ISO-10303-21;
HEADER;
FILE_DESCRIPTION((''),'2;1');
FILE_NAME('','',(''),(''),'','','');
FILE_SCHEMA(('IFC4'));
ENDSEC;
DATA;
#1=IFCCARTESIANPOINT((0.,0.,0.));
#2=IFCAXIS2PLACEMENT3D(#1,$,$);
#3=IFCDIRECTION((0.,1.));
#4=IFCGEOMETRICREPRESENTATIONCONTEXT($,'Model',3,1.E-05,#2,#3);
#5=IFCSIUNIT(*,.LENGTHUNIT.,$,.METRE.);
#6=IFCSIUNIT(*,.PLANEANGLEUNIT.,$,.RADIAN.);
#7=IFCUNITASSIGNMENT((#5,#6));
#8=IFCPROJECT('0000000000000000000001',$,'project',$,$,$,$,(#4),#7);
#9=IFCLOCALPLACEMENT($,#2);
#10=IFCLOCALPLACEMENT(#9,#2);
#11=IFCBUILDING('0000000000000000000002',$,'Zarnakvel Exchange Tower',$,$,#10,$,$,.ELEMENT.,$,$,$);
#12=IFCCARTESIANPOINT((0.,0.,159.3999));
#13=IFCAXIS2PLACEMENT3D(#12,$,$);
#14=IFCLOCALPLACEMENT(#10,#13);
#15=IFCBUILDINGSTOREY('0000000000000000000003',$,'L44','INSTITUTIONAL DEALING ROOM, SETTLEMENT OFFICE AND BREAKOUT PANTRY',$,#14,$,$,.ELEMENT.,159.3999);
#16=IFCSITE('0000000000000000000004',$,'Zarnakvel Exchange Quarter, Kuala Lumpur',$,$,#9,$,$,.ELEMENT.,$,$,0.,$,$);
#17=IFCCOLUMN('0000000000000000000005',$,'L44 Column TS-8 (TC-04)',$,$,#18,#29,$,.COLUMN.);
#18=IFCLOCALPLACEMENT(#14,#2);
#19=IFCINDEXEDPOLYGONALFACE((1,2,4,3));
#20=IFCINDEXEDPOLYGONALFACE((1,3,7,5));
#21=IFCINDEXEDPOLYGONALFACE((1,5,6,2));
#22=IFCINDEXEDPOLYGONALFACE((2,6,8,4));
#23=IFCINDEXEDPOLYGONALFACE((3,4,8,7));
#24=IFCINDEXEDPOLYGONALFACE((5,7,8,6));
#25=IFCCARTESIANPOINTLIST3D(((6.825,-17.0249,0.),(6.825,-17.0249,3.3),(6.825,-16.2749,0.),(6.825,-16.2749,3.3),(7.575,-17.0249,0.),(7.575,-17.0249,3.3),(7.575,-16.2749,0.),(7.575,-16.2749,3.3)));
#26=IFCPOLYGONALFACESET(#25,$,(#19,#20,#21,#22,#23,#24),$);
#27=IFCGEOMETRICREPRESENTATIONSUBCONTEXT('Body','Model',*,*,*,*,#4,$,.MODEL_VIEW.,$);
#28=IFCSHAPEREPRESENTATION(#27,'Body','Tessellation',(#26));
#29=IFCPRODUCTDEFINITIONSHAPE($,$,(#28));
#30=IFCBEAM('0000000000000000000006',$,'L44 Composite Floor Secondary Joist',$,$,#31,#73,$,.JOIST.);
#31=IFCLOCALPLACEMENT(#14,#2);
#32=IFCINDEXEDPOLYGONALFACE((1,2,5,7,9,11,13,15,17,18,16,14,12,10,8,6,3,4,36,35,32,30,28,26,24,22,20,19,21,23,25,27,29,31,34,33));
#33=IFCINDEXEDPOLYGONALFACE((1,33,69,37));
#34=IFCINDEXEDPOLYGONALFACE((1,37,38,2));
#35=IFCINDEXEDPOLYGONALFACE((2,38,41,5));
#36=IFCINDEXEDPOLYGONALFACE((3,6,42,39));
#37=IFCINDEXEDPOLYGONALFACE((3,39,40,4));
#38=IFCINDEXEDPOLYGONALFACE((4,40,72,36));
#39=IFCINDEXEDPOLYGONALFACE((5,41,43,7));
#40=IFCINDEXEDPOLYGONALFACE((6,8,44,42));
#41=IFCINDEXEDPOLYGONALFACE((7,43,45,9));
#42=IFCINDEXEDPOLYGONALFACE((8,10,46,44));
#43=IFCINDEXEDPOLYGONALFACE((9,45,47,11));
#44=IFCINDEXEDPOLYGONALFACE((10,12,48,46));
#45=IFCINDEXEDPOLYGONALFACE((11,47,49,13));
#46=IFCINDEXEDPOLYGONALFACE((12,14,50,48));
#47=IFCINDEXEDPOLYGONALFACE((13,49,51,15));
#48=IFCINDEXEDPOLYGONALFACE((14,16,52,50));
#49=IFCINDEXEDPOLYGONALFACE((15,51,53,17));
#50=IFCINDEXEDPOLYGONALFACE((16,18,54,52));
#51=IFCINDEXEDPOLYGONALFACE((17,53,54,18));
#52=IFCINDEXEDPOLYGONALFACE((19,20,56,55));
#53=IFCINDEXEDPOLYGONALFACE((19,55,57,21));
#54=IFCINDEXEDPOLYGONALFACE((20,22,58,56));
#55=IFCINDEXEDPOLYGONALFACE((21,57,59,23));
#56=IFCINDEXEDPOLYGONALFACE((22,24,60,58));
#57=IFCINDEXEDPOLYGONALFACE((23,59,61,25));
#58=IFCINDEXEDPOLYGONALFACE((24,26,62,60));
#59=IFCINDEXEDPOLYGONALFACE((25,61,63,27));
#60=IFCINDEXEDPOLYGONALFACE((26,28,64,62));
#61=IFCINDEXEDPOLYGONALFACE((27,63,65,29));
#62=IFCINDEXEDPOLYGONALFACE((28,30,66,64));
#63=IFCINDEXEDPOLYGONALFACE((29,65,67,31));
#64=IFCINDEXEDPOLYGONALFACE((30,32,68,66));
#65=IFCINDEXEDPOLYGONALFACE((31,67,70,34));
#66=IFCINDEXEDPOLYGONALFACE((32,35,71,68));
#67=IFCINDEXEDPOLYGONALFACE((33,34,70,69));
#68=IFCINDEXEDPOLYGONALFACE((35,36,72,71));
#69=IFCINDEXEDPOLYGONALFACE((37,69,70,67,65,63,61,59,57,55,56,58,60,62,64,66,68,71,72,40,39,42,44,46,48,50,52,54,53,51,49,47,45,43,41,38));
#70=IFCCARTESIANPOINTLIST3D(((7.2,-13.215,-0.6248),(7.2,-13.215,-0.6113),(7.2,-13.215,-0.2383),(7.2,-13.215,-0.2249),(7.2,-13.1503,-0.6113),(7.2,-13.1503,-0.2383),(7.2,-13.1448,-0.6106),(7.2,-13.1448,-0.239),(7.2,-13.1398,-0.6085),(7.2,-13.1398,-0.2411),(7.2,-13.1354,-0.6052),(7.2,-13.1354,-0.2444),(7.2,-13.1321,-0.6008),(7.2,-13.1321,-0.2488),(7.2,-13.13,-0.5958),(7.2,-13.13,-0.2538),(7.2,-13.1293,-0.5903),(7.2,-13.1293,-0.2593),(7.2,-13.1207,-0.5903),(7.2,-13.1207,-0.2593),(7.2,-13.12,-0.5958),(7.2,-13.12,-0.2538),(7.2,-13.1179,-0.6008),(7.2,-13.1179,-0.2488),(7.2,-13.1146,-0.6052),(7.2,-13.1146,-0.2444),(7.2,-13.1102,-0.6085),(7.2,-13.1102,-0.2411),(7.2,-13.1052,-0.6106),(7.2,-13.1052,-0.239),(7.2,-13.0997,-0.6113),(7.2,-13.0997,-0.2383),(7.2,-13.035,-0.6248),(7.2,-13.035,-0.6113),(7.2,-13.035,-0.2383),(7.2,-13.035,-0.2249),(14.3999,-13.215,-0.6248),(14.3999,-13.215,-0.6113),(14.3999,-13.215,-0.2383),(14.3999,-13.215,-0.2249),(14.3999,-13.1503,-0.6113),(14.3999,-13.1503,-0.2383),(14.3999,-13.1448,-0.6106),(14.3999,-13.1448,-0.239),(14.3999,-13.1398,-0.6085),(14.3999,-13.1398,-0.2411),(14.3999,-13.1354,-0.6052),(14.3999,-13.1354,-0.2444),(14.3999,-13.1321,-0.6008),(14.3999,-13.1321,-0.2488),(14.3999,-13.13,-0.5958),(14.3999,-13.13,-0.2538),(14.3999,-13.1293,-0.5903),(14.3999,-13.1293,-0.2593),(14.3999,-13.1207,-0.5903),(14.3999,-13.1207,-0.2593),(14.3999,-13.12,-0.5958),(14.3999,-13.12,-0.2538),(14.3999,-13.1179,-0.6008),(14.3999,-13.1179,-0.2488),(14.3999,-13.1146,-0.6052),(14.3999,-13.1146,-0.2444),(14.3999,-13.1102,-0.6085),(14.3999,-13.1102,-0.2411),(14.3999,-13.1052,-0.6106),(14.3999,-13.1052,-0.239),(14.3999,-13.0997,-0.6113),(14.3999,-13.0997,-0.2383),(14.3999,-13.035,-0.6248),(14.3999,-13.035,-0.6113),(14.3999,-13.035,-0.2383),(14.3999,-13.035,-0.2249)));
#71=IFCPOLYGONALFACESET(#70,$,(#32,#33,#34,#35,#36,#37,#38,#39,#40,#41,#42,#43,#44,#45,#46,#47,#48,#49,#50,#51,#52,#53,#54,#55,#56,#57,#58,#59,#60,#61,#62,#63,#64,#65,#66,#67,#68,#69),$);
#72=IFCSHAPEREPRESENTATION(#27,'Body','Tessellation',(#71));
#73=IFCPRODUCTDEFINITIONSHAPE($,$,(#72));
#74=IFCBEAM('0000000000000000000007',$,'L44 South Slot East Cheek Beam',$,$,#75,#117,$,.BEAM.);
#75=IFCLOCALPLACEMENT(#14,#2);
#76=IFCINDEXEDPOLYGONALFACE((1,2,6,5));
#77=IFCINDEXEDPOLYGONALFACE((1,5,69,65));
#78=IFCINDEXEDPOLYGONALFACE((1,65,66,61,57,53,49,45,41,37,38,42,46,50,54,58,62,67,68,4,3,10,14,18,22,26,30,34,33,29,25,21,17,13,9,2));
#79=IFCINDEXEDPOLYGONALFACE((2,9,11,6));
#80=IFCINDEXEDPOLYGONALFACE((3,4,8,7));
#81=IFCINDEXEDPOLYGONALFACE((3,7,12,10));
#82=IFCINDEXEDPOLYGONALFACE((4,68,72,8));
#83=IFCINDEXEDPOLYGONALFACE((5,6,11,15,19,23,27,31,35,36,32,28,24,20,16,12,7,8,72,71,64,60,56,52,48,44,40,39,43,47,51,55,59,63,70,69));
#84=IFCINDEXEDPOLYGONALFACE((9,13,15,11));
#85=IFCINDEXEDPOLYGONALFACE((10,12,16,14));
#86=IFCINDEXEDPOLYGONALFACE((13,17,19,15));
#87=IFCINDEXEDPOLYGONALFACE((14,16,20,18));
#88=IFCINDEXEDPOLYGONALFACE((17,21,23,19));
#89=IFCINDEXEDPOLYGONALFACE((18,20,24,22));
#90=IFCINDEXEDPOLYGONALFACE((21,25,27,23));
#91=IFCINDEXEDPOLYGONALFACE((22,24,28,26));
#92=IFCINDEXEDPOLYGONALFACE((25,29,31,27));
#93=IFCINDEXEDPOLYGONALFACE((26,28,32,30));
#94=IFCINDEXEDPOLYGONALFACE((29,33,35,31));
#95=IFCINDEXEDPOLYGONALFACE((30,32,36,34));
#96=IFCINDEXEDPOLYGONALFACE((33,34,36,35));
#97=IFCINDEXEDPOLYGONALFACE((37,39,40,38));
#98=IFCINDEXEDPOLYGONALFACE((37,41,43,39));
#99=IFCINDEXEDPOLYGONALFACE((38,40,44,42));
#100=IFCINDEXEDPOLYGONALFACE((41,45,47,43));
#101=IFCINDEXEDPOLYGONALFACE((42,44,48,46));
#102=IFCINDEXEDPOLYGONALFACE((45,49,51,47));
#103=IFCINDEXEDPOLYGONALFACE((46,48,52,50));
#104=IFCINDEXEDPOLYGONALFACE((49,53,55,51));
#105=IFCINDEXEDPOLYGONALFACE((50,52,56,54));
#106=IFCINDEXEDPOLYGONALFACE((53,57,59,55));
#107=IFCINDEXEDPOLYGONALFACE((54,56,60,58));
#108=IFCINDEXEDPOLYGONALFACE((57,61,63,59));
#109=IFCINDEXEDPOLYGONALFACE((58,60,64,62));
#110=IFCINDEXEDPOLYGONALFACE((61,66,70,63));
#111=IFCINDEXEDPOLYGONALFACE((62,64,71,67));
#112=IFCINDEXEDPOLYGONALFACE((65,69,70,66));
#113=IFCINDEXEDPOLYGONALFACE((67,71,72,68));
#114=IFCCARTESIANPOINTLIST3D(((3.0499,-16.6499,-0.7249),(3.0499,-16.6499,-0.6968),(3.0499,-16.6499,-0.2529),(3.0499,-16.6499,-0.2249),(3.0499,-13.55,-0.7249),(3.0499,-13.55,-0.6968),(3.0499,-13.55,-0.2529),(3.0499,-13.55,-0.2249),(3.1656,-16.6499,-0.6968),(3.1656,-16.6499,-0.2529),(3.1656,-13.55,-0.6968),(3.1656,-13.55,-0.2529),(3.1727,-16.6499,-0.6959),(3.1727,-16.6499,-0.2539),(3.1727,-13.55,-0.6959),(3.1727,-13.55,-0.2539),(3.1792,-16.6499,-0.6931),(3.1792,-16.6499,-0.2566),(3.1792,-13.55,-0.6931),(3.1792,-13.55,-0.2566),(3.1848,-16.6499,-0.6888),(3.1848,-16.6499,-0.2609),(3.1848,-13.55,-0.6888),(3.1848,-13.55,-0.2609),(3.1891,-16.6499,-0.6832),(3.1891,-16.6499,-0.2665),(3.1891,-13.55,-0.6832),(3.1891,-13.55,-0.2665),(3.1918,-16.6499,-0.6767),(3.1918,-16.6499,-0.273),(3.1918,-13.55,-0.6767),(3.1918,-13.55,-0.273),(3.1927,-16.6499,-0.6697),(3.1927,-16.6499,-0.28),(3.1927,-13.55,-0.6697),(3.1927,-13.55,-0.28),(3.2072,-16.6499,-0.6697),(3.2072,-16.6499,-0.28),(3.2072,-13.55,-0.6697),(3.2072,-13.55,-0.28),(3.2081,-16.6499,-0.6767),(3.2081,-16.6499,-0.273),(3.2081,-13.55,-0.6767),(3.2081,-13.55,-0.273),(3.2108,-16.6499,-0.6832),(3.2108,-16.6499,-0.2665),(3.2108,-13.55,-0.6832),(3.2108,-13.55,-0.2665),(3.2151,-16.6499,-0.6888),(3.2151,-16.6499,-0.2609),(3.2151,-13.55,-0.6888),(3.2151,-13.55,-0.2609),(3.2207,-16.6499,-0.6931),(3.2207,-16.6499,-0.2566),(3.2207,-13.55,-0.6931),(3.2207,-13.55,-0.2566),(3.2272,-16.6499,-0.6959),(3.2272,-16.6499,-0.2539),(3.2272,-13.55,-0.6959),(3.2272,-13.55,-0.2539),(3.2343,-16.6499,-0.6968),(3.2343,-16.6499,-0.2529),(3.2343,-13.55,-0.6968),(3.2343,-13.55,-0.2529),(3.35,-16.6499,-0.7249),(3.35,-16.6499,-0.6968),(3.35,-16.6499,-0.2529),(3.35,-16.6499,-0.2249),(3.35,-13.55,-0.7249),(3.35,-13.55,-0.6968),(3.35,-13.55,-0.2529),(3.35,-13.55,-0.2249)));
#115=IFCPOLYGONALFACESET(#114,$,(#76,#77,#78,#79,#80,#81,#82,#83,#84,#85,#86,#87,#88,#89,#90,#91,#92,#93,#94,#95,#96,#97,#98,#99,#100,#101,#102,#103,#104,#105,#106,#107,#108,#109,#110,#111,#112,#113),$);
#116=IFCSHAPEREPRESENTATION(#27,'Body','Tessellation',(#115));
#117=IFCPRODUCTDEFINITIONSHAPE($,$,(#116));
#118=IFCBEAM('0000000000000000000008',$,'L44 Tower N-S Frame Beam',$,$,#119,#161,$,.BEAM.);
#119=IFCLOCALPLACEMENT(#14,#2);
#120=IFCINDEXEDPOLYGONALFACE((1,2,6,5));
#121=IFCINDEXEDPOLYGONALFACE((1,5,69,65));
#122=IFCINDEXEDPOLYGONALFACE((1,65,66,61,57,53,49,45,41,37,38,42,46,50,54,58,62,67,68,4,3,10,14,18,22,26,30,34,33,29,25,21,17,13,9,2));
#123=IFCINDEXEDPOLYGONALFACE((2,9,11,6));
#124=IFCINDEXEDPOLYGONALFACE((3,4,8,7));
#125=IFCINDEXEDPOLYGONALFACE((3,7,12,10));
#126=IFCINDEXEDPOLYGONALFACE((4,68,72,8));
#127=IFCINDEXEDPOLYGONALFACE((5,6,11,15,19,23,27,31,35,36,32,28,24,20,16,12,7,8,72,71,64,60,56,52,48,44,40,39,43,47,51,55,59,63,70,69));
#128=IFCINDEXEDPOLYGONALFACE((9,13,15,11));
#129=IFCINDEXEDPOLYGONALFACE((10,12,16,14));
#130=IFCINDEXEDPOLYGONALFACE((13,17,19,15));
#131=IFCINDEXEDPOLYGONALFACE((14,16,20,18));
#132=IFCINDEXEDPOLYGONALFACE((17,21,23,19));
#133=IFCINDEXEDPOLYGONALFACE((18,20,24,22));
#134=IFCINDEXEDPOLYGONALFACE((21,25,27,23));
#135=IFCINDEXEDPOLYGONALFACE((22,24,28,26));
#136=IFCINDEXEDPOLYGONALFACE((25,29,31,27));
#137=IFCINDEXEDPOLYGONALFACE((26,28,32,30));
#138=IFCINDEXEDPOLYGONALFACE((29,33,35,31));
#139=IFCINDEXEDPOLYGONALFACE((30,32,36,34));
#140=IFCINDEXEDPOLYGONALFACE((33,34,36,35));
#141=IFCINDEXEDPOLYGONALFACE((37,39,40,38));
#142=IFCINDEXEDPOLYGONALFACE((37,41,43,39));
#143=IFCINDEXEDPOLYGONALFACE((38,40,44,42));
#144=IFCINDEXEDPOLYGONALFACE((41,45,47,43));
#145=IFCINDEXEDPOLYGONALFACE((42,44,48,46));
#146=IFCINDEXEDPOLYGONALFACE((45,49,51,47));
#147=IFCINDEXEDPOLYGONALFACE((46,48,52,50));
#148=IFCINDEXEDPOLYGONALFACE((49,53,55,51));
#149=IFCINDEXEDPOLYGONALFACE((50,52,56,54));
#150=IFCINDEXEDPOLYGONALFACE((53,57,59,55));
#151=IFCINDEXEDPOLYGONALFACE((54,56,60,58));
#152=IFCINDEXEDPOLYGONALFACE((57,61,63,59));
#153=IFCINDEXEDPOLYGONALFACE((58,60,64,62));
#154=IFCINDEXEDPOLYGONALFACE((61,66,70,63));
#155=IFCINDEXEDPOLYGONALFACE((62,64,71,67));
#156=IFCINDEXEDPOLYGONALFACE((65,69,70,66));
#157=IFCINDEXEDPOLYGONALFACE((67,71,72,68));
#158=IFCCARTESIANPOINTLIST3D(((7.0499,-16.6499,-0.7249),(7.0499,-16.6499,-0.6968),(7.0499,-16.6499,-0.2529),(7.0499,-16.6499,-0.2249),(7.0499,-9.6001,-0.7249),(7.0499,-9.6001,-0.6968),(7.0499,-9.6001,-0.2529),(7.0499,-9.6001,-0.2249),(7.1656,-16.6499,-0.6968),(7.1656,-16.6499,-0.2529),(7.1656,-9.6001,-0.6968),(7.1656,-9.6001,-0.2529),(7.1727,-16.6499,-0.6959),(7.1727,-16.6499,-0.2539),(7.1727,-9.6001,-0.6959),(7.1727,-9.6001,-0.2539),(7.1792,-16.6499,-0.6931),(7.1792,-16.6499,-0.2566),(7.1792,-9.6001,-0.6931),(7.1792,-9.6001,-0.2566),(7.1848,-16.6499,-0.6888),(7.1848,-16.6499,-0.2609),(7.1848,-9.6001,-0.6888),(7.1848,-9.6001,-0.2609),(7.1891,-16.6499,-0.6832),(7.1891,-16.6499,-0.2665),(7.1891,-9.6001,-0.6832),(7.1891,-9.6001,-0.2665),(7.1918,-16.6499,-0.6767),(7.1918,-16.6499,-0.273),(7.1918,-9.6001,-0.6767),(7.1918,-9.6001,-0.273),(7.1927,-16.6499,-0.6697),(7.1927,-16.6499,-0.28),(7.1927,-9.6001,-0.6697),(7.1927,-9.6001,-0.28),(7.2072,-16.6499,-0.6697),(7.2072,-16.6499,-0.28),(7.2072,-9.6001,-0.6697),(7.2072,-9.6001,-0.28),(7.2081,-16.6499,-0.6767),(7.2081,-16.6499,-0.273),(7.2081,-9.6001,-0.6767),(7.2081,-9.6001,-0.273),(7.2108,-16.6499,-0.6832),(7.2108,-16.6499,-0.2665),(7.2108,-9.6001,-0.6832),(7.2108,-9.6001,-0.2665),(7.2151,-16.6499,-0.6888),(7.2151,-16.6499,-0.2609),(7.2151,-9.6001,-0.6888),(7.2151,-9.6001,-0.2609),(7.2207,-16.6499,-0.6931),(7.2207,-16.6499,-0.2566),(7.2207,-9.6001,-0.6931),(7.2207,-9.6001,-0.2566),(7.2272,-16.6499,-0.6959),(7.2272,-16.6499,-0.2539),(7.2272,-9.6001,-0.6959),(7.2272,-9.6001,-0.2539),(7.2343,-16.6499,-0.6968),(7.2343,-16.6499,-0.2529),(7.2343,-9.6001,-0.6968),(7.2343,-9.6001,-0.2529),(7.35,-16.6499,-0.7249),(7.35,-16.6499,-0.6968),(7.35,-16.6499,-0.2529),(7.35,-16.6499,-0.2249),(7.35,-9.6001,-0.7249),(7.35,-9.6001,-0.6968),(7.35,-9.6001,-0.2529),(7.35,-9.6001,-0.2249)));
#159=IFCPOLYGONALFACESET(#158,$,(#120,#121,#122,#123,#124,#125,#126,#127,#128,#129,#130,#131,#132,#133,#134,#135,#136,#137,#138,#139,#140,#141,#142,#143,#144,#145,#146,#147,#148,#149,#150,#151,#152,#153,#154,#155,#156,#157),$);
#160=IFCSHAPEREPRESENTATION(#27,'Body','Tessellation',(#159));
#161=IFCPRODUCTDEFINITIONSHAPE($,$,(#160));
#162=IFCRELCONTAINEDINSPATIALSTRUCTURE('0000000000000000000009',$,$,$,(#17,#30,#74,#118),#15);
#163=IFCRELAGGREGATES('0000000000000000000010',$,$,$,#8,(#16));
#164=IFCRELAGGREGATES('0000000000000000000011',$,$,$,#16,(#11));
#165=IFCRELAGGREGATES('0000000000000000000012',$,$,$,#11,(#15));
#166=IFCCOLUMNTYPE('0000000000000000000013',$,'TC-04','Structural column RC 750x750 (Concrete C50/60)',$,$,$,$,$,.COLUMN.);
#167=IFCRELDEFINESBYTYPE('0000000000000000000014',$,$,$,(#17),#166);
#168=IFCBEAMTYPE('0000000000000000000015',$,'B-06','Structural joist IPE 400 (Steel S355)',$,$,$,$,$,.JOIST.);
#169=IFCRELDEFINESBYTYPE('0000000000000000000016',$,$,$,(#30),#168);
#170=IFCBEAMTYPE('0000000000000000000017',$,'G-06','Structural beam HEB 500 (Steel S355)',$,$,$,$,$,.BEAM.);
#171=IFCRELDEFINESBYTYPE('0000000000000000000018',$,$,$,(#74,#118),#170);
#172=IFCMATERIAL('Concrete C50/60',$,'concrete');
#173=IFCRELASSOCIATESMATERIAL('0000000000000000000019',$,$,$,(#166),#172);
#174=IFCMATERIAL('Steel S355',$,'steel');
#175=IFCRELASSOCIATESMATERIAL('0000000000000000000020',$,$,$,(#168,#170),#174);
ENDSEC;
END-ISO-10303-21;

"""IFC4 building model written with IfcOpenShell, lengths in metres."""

from ifc_helpers import new_model, si_unit, direction, frame, origin, origin_2d, place, context, subcontext, project, spatial, rectangle, i_section, extrude, material, material_profile, profile_set, type_object, element, save


model = new_model("IFC4")

# Units and contexts
model_context = context("Model", 3, precision=1e-05, world=origin(), true_north=direction((0.0, 1.0)))
body_context = subcontext(model_context, "Body", "Model", "MODEL_VIEW")
ifc_project = project(units=[si_unit("LENGTHUNIT", "METRE"), si_unit("PLANEANGLEUNIT", "RADIAN")], contexts=[model_context])

# Site, building, storey
site_placement = place(None, origin())
site = spatial("IfcSite", under=ifc_project, at=site_placement, Name="Zarnakvel Exchange Quarter, Kuala Lumpur", CompositionType="ELEMENT", RefElevation=0.0)
building_placement = place(site_placement, origin())
building = spatial("IfcBuilding", under=site, at=building_placement, Name="Zarnakvel Exchange Tower", CompositionType="ELEMENT")
storey_placement = place(building_placement, frame((0.0, 0.0, 159.3999)))
storey = spatial("IfcBuildingStorey", under=building, at=storey_placement, Name="L44", Description="INSTITUTIONAL DEALING ROOM, SETTLEMENT OFFICE AND BREAKOUT PANTRY", CompositionType="ELEMENT", Elevation=159.3999)

# Column
ifc_material_1 = material(Name="Concrete C50/60", Category="concrete")
ifc_material_profile_1 = material_profile(ifc_material_1, rectangle(XDim=0.75, YDim=0.75, at=origin_2d()))
ifc_profile_set_1 = profile_set([ifc_material_profile_1], Name="Concrete C50/60")
column_type = type_object("IfcColumnType", Name="TC-04", Description="Structural column RC 750x750 (Concrete C50/60)", PredefinedType="COLUMN", material=ifc_profile_set_1)
column_placement = place(storey_placement, frame((7.2, -16.6499, 0.0), z_axis=(0.0, 0.0, 1.0), x_axis=(1.0, 0.0, 0.0)))
element("IfcColumn", 1, at=column_placement, inside=storey, type_object=column_type, Name="L44 Column TS-8 (TC-04)", PredefinedType="COLUMN", context=body_context, shape_type="SweptSolid", body=[
    extrude(rectangle(XDim=0.75, YDim=0.75, at=origin_2d()), origin(), (0.0, 0.0, 1.0), 3.3),
])

# Beams
ifc_material_2 = material(Name="Steel S355", Category="steel")
ifc_material_profile_2 = material_profile(ifc_material_2, i_section(OverallWidth=0.1799, OverallDepth=0.3999, WebThickness=0.0085, FlangeThickness=0.0134, FilletRadius=0.021, at=origin_2d()))
ifc_profile_set_2 = profile_set([ifc_material_profile_2], Name="Steel S355")
beam_type_1 = type_object("IfcBeamType", Name="B-06", Description="Structural joist IPE 400 (Steel S355)", PredefinedType="JOIST", material=ifc_profile_set_2)
beam_1_placement = place(storey_placement, frame((7.2, -13.125, -0.4248), z_axis=(1.0, 0.0, 0.0), x_axis=(0.0, 1.0, 0.0)))
element("IfcBeam", 2, at=beam_1_placement, inside=storey, type_object=beam_type_1, Name="L44 Composite Floor Secondary Joist", PredefinedType="JOIST", context=body_context, shape_type="SweptSolid", body=[
    extrude(i_section(OverallWidth=0.1799, OverallDepth=0.3999, WebThickness=0.0085, FlangeThickness=0.0134, FilletRadius=0.021, at=origin_2d()), origin(), (0.0, 0.0, 1.0), 7.2),
])
ifc_material_profile_3 = material_profile(ifc_material_2, i_section(OverallWidth=0.3, OverallDepth=0.5, WebThickness=0.0144, FlangeThickness=0.0281, FilletRadius=0.0271, at=origin_2d()))
ifc_profile_set_3 = profile_set([ifc_material_profile_3], Name="Steel S355")
beam_type_2 = type_object("IfcBeamType", Name="G-06", Description="Structural beam HEB 500 (Steel S355)", PredefinedType="BEAM", material=ifc_profile_set_3)
beam_2_placement = place(storey_placement, frame((3.2, -16.6499, -0.4749), z_axis=(0.0, 1.0, 0.0), x_axis=(-1.0, 0.0, 0.0)))
element("IfcBeam", 3, at=beam_2_placement, inside=storey, type_object=beam_type_2, Name="L44 South Slot East Cheek Beam", PredefinedType="BEAM", context=body_context, shape_type="SweptSolid", body=[
    extrude(i_section(OverallWidth=0.3, OverallDepth=0.5, WebThickness=0.0144, FlangeThickness=0.0281, FilletRadius=0.0271, at=origin_2d()), origin(), (0.0, 0.0, 1.0), 3.0999),
])
beam_3_placement = place(storey_placement, frame((7.2, -16.6499, -0.4749), z_axis=(0.0, 1.0, 0.0), x_axis=(-1.0, 0.0, 0.0)))
element("IfcBeam", 4, at=beam_3_placement, inside=storey, type_object=beam_type_2, Name="L44 Tower N-S Frame Beam", PredefinedType="BEAM", context=body_context, shape_type="SweptSolid", body=[
    extrude(i_section(OverallWidth=0.3, OverallDepth=0.5, WebThickness=0.0144, FlangeThickness=0.0281, FilletRadius=0.0271, at=origin_2d()), origin(), (0.0, 0.0, 1.0), 7.0498),
])

save(model, "model.ifc")
